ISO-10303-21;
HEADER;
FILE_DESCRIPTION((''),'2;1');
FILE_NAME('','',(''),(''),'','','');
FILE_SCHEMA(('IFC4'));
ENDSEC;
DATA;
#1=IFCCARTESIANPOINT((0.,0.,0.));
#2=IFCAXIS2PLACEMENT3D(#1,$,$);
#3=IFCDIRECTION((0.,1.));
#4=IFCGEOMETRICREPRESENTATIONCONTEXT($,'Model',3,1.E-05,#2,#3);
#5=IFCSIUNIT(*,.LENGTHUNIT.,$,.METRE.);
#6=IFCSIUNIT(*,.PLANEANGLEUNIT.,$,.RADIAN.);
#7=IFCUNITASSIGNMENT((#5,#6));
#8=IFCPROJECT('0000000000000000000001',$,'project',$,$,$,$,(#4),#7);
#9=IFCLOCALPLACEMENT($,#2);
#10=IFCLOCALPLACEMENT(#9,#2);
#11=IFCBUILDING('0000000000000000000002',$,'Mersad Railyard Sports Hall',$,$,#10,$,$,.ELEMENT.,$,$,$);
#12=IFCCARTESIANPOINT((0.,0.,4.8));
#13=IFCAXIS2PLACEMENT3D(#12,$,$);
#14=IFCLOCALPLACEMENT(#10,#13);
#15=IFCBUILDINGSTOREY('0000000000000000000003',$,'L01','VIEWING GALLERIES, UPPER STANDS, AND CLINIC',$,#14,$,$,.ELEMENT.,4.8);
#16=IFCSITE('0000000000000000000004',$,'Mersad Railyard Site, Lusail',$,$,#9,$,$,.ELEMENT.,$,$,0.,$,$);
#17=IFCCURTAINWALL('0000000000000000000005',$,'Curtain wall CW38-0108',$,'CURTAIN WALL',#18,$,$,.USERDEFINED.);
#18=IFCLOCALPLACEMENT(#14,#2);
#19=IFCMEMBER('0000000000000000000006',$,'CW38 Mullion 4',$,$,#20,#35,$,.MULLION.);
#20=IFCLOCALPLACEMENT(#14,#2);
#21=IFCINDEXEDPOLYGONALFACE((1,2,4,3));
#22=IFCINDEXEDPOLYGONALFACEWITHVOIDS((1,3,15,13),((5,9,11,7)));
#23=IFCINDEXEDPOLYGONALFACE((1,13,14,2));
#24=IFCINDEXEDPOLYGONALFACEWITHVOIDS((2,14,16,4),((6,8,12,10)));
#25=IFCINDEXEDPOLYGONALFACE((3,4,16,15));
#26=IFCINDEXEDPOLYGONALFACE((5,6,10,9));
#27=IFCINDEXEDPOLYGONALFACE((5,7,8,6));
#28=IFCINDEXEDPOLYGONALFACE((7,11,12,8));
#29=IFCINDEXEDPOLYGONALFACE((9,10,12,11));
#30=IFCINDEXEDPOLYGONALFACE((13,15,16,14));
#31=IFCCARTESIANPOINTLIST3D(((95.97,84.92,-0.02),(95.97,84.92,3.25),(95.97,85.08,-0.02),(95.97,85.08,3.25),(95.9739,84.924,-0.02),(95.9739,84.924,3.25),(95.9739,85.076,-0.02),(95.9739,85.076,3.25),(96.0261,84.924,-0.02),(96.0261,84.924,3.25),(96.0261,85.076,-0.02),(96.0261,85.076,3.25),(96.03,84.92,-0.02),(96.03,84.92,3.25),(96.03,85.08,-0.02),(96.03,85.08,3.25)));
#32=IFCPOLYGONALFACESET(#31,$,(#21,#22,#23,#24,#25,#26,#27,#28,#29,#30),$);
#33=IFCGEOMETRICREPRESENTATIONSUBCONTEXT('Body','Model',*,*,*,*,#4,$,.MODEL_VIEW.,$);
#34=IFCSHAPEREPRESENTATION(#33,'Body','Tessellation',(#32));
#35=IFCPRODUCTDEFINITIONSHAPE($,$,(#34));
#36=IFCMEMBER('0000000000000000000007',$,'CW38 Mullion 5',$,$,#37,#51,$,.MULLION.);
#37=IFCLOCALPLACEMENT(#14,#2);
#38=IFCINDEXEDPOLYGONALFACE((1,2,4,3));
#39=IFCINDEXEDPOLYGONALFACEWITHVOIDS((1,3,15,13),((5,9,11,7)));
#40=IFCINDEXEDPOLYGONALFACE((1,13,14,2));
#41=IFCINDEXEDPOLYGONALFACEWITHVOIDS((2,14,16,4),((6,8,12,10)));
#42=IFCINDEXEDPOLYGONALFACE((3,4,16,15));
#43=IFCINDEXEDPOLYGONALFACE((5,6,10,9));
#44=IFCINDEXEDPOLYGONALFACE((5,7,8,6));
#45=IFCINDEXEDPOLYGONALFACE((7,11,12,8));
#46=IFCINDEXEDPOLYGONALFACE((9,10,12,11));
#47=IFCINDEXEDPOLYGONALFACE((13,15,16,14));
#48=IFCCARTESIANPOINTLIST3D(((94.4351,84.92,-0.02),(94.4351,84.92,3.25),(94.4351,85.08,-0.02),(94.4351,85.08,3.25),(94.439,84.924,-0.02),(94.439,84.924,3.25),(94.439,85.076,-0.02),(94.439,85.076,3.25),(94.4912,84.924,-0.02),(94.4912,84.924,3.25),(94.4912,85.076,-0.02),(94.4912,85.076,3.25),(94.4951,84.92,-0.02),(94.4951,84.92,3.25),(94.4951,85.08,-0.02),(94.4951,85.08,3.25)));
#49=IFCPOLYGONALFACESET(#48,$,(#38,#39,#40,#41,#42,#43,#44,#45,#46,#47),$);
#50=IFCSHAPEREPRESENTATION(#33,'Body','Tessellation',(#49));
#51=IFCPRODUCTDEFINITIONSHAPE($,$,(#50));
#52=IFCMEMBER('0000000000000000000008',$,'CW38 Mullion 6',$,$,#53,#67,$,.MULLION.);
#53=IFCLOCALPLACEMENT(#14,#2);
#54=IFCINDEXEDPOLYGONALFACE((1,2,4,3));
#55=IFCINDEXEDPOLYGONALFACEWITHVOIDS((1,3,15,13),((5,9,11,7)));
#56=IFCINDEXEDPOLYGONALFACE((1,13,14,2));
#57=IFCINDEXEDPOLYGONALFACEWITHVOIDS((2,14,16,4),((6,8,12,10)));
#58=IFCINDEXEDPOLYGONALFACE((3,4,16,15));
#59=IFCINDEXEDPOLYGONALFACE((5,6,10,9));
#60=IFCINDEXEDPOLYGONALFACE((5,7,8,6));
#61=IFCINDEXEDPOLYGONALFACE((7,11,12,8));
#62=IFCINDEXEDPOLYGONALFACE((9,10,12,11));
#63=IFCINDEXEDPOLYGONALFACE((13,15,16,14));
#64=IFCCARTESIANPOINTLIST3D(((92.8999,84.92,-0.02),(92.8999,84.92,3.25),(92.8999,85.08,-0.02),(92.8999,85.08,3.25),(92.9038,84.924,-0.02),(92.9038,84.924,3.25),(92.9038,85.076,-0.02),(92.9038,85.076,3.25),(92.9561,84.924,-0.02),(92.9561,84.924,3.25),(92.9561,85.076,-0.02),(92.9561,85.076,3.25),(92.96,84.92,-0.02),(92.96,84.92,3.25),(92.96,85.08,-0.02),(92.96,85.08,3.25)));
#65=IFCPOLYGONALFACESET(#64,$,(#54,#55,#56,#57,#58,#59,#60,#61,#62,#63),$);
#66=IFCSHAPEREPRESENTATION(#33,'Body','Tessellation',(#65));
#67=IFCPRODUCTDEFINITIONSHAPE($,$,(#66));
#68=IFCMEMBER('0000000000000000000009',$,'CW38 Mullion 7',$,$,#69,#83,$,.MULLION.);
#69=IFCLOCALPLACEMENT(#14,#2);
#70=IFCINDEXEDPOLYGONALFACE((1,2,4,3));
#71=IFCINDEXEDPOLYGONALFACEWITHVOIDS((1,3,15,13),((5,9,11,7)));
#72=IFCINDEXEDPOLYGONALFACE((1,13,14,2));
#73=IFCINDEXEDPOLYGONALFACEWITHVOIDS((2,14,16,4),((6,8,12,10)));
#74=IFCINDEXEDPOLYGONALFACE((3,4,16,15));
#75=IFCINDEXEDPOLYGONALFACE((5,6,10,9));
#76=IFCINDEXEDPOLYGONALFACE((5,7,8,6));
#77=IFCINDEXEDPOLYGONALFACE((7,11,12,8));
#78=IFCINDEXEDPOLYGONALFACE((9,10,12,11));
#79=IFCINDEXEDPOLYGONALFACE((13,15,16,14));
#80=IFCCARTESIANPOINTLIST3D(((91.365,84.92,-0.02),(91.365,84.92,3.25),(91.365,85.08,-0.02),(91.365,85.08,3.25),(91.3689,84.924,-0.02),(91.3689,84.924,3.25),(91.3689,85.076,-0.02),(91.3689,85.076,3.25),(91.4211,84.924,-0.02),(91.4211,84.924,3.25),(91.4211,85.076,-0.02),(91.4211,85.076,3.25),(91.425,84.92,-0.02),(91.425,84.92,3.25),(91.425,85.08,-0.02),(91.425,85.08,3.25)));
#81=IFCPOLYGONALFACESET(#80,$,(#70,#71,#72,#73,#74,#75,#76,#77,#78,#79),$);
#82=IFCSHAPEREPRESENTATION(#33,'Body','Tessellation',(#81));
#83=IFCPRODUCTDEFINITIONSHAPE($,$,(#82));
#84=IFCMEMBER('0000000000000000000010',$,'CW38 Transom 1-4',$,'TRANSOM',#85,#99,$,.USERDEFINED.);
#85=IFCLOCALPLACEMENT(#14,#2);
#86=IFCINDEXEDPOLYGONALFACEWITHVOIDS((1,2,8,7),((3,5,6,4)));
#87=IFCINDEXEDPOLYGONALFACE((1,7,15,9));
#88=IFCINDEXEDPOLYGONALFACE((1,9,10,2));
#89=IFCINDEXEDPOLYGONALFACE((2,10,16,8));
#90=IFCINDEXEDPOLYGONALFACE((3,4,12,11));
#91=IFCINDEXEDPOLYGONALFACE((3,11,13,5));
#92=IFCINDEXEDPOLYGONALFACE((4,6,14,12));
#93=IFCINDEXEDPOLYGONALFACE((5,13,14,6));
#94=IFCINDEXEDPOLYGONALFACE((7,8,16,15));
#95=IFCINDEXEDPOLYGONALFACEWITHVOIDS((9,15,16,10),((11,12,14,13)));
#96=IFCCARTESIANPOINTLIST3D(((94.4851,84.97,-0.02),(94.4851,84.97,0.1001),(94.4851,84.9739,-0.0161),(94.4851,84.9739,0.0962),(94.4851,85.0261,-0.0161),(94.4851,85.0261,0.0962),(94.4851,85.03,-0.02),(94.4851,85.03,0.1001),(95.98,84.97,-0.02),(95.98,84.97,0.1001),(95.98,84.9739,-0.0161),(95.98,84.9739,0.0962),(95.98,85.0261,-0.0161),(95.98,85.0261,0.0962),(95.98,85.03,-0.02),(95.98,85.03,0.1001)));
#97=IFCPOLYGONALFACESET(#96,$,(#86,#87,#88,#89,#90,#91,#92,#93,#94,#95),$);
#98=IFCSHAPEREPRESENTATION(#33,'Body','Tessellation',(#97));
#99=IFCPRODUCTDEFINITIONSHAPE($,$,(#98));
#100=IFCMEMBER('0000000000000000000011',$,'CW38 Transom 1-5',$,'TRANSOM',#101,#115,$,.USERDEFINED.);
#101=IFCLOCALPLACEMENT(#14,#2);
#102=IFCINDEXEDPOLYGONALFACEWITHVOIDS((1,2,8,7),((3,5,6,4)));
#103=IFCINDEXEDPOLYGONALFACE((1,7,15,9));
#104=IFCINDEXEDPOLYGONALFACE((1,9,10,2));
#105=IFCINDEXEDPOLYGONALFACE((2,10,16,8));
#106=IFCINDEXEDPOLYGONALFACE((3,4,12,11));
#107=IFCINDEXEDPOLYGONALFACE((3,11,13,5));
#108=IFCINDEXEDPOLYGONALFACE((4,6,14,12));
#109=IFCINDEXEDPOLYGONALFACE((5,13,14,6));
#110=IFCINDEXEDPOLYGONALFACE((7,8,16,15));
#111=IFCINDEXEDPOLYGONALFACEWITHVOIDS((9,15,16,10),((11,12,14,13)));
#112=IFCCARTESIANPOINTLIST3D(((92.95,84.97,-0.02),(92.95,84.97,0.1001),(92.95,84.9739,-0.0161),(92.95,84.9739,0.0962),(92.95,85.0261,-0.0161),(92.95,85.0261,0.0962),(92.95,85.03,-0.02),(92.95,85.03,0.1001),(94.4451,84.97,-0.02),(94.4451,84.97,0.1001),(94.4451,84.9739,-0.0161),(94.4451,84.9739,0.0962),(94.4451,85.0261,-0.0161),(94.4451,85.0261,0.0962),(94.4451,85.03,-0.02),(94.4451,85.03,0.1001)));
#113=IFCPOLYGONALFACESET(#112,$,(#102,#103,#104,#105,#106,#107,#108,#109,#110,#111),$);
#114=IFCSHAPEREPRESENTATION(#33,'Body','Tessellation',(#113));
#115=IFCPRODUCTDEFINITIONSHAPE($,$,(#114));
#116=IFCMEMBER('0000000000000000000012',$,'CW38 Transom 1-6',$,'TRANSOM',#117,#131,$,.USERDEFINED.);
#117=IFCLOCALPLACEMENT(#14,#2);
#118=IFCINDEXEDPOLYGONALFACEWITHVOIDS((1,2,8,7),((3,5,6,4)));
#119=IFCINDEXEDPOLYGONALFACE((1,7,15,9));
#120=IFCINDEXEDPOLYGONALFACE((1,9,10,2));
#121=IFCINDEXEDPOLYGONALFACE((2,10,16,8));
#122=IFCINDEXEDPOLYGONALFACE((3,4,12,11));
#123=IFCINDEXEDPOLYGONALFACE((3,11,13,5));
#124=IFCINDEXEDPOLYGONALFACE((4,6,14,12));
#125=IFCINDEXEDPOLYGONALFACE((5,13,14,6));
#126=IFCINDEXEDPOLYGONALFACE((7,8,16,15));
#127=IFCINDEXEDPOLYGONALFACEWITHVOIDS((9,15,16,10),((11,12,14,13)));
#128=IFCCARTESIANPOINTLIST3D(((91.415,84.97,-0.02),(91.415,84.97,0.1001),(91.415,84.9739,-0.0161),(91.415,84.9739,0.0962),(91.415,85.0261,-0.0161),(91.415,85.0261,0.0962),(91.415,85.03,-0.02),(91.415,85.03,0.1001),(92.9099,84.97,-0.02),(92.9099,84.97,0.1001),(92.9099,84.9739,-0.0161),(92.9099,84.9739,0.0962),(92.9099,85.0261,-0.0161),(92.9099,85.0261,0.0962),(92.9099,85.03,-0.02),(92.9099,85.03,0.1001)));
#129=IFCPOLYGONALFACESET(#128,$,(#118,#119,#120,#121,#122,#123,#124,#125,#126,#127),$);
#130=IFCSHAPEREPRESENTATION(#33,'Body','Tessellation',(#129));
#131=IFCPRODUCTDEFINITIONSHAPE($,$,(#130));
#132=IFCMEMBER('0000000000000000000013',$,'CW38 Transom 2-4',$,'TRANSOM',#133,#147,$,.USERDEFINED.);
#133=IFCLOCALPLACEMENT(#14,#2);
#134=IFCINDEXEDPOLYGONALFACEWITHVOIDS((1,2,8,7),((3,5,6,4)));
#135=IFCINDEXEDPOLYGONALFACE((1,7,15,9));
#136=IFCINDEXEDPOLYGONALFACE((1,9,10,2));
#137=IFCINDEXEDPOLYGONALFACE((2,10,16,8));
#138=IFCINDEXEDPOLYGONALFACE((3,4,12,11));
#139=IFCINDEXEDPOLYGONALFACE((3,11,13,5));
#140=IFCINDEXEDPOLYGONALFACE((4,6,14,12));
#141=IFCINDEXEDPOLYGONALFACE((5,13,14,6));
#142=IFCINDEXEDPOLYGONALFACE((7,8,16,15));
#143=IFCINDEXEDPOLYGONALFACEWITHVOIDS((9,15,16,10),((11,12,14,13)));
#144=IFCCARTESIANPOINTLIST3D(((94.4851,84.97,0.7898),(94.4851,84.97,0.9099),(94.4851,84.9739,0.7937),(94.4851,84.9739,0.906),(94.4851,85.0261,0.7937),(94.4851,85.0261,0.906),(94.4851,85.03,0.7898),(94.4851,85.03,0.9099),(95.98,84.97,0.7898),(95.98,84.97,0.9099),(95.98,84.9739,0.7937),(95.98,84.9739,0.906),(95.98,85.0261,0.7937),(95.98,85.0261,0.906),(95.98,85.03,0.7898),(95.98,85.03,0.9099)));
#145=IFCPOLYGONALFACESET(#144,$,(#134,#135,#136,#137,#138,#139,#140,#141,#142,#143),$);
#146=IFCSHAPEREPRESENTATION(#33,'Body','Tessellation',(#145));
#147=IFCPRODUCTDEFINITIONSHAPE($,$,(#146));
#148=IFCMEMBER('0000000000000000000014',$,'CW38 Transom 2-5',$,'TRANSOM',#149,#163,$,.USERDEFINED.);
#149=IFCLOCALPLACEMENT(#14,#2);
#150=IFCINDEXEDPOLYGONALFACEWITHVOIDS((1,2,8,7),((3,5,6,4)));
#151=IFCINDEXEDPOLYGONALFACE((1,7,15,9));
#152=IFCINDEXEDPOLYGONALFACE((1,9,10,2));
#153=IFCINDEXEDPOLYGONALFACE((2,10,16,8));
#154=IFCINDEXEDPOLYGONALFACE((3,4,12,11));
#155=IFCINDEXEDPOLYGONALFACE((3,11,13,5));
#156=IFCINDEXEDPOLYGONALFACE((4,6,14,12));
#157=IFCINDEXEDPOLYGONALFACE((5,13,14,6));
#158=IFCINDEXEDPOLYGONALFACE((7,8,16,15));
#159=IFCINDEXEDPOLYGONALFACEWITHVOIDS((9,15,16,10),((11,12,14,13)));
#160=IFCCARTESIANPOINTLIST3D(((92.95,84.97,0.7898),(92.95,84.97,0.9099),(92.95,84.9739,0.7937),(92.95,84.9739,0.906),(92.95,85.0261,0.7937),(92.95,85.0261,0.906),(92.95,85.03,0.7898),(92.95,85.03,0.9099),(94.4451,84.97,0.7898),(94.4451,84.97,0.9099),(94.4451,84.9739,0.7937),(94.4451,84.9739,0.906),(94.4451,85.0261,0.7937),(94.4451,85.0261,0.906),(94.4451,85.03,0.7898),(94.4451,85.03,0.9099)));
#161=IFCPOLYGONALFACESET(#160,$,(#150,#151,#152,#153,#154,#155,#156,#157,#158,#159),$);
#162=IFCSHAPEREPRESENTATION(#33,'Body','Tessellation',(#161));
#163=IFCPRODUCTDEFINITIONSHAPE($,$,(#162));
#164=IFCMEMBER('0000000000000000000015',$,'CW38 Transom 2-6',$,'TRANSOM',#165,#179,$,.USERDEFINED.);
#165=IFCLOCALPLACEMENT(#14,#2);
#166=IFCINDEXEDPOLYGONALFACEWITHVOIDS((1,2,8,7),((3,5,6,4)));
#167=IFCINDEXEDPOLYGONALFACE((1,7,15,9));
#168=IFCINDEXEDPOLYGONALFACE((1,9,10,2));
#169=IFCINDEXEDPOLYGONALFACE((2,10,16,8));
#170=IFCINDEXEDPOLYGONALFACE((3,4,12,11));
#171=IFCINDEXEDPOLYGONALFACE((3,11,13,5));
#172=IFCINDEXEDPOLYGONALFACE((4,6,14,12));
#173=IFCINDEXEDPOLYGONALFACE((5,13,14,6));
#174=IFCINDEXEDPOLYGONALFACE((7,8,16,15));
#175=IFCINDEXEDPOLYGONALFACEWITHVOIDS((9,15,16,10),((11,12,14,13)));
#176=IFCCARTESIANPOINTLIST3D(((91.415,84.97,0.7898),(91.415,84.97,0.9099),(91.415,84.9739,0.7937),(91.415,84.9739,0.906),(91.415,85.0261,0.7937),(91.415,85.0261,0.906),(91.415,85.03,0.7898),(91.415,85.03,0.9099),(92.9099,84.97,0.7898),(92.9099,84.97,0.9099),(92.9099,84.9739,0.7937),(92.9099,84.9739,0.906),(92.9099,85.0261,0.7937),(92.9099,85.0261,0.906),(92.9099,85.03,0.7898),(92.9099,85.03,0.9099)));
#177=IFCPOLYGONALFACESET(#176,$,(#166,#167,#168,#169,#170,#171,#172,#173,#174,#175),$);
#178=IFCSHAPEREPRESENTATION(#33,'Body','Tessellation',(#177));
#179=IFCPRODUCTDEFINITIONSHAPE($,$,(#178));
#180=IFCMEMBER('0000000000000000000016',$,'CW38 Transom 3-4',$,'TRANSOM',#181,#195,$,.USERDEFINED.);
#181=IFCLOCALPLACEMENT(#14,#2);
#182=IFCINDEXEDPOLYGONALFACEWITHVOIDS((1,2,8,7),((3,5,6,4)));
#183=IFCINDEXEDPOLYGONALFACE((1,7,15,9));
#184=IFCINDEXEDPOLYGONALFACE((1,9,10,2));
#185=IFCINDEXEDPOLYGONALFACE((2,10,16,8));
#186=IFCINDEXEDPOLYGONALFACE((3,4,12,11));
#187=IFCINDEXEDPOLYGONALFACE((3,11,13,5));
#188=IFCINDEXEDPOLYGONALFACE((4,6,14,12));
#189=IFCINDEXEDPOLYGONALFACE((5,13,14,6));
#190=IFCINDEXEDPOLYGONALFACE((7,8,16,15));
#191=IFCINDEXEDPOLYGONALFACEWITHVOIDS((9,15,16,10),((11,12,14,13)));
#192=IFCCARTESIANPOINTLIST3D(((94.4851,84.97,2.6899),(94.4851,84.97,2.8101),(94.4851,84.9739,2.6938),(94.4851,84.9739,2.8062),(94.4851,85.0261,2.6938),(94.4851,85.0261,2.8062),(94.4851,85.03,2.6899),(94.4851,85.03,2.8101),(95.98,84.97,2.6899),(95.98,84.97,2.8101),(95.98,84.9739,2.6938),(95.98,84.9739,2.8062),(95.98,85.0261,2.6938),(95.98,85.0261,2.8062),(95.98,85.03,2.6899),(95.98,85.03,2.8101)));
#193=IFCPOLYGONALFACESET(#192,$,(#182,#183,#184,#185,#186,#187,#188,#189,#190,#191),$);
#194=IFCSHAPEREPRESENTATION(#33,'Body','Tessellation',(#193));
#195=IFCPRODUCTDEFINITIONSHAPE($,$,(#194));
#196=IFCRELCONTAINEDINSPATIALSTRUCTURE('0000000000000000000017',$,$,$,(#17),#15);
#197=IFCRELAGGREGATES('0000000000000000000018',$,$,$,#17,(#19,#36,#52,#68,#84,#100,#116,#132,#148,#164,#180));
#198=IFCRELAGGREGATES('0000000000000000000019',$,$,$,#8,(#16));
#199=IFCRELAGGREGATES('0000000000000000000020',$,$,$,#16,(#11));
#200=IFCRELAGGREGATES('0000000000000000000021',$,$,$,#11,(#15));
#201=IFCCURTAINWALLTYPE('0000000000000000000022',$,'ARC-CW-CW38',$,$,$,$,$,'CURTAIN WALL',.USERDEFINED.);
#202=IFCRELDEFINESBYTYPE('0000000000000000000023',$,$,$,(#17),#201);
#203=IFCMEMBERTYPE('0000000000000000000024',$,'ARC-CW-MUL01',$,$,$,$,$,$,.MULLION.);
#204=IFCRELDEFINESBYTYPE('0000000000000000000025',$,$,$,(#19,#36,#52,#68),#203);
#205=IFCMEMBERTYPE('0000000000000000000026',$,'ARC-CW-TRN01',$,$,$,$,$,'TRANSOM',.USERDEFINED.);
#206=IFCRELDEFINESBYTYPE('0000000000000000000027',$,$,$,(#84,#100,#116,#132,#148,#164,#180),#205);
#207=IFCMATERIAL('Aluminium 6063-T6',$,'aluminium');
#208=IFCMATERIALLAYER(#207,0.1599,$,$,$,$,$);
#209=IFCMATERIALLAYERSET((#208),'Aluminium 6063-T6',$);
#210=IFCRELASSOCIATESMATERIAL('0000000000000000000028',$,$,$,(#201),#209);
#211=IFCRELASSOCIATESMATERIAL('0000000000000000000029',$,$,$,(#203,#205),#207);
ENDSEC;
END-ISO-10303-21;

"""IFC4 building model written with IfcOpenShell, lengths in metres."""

from ifc_helpers import new_model, si_unit, direction, frame, origin, origin_2d, place, context, subcontext, project, spatial, hollow_rectangle, extrude, material, layer, layer_set, material_profile, profile_set, type_object, element, aggregate, save


model = new_model("IFC4")

# Units and contexts
model_context = context("Model", 3, precision=1e-05, world=origin(), true_north=direction((0.0, 1.0)))
body_context = subcontext(model_context, "Body", "Model", "MODEL_VIEW")
ifc_project = project(units=[si_unit("LENGTHUNIT", "METRE"), si_unit("PLANEANGLEUNIT", "RADIAN")], contexts=[model_context])

# Site, building, storey
site_placement = place(None, origin())
site = spatial("IfcSite", under=ifc_project, at=site_placement, Name="Mersad Railyard Site, Lusail", CompositionType="ELEMENT", RefElevation=0.0)
building_placement = place(site_placement, origin())
building = spatial("IfcBuilding", under=site, at=building_placement, Name="Mersad Railyard Sports Hall", CompositionType="ELEMENT")
storey_placement = place(building_placement, frame((0.0, 0.0, 4.8)))
storey = spatial("IfcBuildingStorey", under=building, at=storey_placement, Name="L01", Description="VIEWING GALLERIES, UPPER STANDS, AND CLINIC", CompositionType="ELEMENT", Elevation=4.8)

# Curtain wall, members
ifc_material_1 = material(Name="Aluminium 6063-T6", Category="aluminium")
ifc_layer_1 = layer(ifc_material_1, 0.1599)
ifc_layer_set_1 = layer_set([ifc_layer_1], Name="Aluminium 6063-T6")
curtain_wall_type = type_object("IfcCurtainWallType", Name="ARC-CW-CW38", ElementType="CURTAIN WALL", PredefinedType="USERDEFINED", material=ifc_layer_set_1)
curtain_wall_placement = place(storey_placement, origin())
curtain_wall = element("IfcCurtainWall", 1, at=curtain_wall_placement, inside=storey, type_object=curtain_wall_type, Name="Curtain wall CW38-0108", ObjectType="CURTAIN WALL", PredefinedType="USERDEFINED")
ifc_material_profile_1 = material_profile(ifc_material_1, hollow_rectangle(XDim=0.0601, YDim=0.1599, WallThickness=0.0039, at=origin_2d()), Name="AL MULLION 60x160x4")
ifc_profile_set_1 = profile_set([ifc_material_profile_1], Name="Aluminium 6063-T6")
member_type_1 = type_object("IfcMemberType", Name="ARC-CW-MUL01", PredefinedType="MULLION", material=ifc_profile_set_1)
member_1_placement = place(storey_placement, frame((96.0, 85.0, -0.02), z_axis=(0.0, 0.0, 1.0), x_axis=(1.0, 0.0, 0.0)))
member_1 = element("IfcMember", 2, at=member_1_placement, type_object=member_type_1, Name="CW38 Mullion 4", PredefinedType="MULLION", context=body_context, shape_type="SweptSolid", body=[
    extrude(hollow_rectangle(XDim=0.0601, YDim=0.1599, WallThickness=0.0039, at=origin_2d()), origin(), (0.0, 0.0, 1.0), 3.27),
])
member_2_placement = place(storey_placement, frame((94.4651, 85.0, -0.02), z_axis=(0.0, 0.0, 1.0), x_axis=(1.0, 0.0, 0.0)))
member_2 = element("IfcMember", 3, at=member_2_placement, type_object=member_type_1, Name="CW38 Mullion 5", PredefinedType="MULLION", context=body_context, shape_type="SweptSolid", body=[
    extrude(hollow_rectangle(XDim=0.0601, YDim=0.1599, WallThickness=0.0039, at=origin_2d()), origin(), (0.0, 0.0, 1.0), 3.27),
])
member_3_placement = place(storey_placement, frame((92.9299, 85.0, -0.02), z_axis=(0.0, 0.0, 1.0), x_axis=(1.0, 0.0, 0.0)))
member_3 = element("IfcMember", 4, at=member_3_placement, type_object=member_type_1, Name="CW38 Mullion 6", PredefinedType="MULLION", context=body_context, shape_type="SweptSolid", body=[
    extrude(hollow_rectangle(XDim=0.0601, YDim=0.1599, WallThickness=0.0039, at=origin_2d()), origin(), (0.0, 0.0, 1.0), 3.27),
])
member_4_placement = place(storey_placement, frame((91.395, 85.0, -0.02), z_axis=(0.0, 0.0, 1.0), x_axis=(1.0, 0.0, 0.0)))
member_4 = element("IfcMember", 5, at=member_4_placement, type_object=member_type_1, Name="CW38 Mullion 7", PredefinedType="MULLION", context=body_context, shape_type="SweptSolid", body=[
    extrude(hollow_rectangle(XDim=0.0601, YDim=0.1599, WallThickness=0.0039, at=origin_2d()), origin(), (0.0, 0.0, 1.0), 3.27),
])
ifc_material_profile_2 = material_profile(ifc_material_1, hollow_rectangle(XDim=0.0601, YDim=0.1201, WallThickness=0.0039, at=origin_2d()), Name="AL TRANSOM 60x120x4")
ifc_profile_set_2 = profile_set([ifc_material_profile_2], Name="Aluminium 6063-T6")
member_type_2 = type_object("IfcMemberType", Name="ARC-CW-TRN01", ElementType="TRANSOM", PredefinedType="USERDEFINED", material=ifc_profile_set_2)
member_5_placement = place(storey_placement, frame((95.98, 85.0, 0.04), z_axis=(-1.0, 0.0, 0.0), x_axis=(0.0, -1.0, 0.0)))
member_5 = element("IfcMember", 6, at=member_5_placement, type_object=member_type_2, Name="CW38 Transom 1-4", ObjectType="TRANSOM", PredefinedType="USERDEFINED", context=body_context, shape_type="SweptSolid", body=[
    extrude(hollow_rectangle(XDim=0.0601, YDim=0.1201, WallThickness=0.0039, at=origin_2d()), origin(), (0.0, 0.0, 1.0), 1.4949),
])
member_6_placement = place(storey_placement, frame((94.4451, 85.0, 0.04), z_axis=(-1.0, 0.0, 0.0), x_axis=(0.0, -1.0, 0.0)))
member_6 = element("IfcMember", 7, at=member_6_placement, type_object=member_type_2, Name="CW38 Transom 1-5", ObjectType="TRANSOM", PredefinedType="USERDEFINED", context=body_context, shape_type="SweptSolid", body=[
    extrude(hollow_rectangle(XDim=0.0601, YDim=0.1201, WallThickness=0.0039, at=origin_2d()), origin(), (0.0, 0.0, 1.0), 1.4951),
])
member_7_placement = place(storey_placement, frame((92.9099, 85.0, 0.04), z_axis=(-1.0, 0.0, 0.0), x_axis=(0.0, -1.0, 0.0)))
member_7 = element("IfcMember", 8, at=member_7_placement, type_object=member_type_2, Name="CW38 Transom 1-6", ObjectType="TRANSOM", PredefinedType="USERDEFINED", context=body_context, shape_type="SweptSolid", body=[
    extrude(hollow_rectangle(XDim=0.0601, YDim=0.1201, WallThickness=0.0039, at=origin_2d()), origin(), (0.0, 0.0, 1.0), 1.4949),
])
member_8_placement = place(storey_placement, frame((95.98, 85.0, 0.8499), z_axis=(-1.0, 0.0, 0.0), x_axis=(0.0, -1.0, 0.0)))
member_8 = element("IfcMember", 9, at=member_8_placement, type_object=member_type_2, Name="CW38 Transom 2-4", ObjectType="TRANSOM", PredefinedType="USERDEFINED", context=body_context, shape_type="SweptSolid", body=[
    extrude(hollow_rectangle(XDim=0.0601, YDim=0.1201, WallThickness=0.0039, at=origin_2d()), origin(), (0.0, 0.0, 1.0), 1.4949),
])
member_9_placement = place(storey_placement, frame((94.4451, 85.0, 0.8499), z_axis=(-1.0, 0.0, 0.0), x_axis=(0.0, -1.0, 0.0)))
member_9 = element("IfcMember", 10, at=member_9_placement, type_object=member_type_2, Name="CW38 Transom 2-5", ObjectType="TRANSOM", PredefinedType="USERDEFINED", context=body_context, shape_type="SweptSolid", body=[
    extrude(hollow_rectangle(XDim=0.0601, YDim=0.1201, WallThickness=0.0039, at=origin_2d()), origin(), (0.0, 0.0, 1.0), 1.4951),
])
member_10_placement = place(storey_placement, frame((92.9099, 85.0, 0.8499), z_axis=(-1.0, 0.0, 0.0), x_axis=(0.0, -1.0, 0.0)))
member_10 = element("IfcMember", 11, at=member_10_placement, type_object=member_type_2, Name="CW38 Transom 2-6", ObjectType="TRANSOM", PredefinedType="USERDEFINED", context=body_context, shape_type="SweptSolid", body=[
    extrude(hollow_rectangle(XDim=0.0601, YDim=0.1201, WallThickness=0.0039, at=origin_2d()), origin(), (0.0, 0.0, 1.0), 1.4949),
])
member_11_placement = place(storey_placement, frame((95.98, 85.0, 2.75), z_axis=(-1.0, 0.0, 0.0), x_axis=(0.0, -1.0, 0.0)))
member_11 = element("IfcMember", 12, at=member_11_placement, type_object=member_type_2, Name="CW38 Transom 3-4", ObjectType="TRANSOM", PredefinedType="USERDEFINED", context=body_context, shape_type="SweptSolid", body=[
    extrude(hollow_rectangle(XDim=0.0601, YDim=0.1201, WallThickness=0.0039, at=origin_2d()), origin(), (0.0, 0.0, 1.0), 1.4949),
])
aggregate(curtain_wall, [member_1, member_2, member_3, member_4, member_5, member_6, member_7, member_8, member_9, member_10, member_11])

save(model, "model.ifc")
